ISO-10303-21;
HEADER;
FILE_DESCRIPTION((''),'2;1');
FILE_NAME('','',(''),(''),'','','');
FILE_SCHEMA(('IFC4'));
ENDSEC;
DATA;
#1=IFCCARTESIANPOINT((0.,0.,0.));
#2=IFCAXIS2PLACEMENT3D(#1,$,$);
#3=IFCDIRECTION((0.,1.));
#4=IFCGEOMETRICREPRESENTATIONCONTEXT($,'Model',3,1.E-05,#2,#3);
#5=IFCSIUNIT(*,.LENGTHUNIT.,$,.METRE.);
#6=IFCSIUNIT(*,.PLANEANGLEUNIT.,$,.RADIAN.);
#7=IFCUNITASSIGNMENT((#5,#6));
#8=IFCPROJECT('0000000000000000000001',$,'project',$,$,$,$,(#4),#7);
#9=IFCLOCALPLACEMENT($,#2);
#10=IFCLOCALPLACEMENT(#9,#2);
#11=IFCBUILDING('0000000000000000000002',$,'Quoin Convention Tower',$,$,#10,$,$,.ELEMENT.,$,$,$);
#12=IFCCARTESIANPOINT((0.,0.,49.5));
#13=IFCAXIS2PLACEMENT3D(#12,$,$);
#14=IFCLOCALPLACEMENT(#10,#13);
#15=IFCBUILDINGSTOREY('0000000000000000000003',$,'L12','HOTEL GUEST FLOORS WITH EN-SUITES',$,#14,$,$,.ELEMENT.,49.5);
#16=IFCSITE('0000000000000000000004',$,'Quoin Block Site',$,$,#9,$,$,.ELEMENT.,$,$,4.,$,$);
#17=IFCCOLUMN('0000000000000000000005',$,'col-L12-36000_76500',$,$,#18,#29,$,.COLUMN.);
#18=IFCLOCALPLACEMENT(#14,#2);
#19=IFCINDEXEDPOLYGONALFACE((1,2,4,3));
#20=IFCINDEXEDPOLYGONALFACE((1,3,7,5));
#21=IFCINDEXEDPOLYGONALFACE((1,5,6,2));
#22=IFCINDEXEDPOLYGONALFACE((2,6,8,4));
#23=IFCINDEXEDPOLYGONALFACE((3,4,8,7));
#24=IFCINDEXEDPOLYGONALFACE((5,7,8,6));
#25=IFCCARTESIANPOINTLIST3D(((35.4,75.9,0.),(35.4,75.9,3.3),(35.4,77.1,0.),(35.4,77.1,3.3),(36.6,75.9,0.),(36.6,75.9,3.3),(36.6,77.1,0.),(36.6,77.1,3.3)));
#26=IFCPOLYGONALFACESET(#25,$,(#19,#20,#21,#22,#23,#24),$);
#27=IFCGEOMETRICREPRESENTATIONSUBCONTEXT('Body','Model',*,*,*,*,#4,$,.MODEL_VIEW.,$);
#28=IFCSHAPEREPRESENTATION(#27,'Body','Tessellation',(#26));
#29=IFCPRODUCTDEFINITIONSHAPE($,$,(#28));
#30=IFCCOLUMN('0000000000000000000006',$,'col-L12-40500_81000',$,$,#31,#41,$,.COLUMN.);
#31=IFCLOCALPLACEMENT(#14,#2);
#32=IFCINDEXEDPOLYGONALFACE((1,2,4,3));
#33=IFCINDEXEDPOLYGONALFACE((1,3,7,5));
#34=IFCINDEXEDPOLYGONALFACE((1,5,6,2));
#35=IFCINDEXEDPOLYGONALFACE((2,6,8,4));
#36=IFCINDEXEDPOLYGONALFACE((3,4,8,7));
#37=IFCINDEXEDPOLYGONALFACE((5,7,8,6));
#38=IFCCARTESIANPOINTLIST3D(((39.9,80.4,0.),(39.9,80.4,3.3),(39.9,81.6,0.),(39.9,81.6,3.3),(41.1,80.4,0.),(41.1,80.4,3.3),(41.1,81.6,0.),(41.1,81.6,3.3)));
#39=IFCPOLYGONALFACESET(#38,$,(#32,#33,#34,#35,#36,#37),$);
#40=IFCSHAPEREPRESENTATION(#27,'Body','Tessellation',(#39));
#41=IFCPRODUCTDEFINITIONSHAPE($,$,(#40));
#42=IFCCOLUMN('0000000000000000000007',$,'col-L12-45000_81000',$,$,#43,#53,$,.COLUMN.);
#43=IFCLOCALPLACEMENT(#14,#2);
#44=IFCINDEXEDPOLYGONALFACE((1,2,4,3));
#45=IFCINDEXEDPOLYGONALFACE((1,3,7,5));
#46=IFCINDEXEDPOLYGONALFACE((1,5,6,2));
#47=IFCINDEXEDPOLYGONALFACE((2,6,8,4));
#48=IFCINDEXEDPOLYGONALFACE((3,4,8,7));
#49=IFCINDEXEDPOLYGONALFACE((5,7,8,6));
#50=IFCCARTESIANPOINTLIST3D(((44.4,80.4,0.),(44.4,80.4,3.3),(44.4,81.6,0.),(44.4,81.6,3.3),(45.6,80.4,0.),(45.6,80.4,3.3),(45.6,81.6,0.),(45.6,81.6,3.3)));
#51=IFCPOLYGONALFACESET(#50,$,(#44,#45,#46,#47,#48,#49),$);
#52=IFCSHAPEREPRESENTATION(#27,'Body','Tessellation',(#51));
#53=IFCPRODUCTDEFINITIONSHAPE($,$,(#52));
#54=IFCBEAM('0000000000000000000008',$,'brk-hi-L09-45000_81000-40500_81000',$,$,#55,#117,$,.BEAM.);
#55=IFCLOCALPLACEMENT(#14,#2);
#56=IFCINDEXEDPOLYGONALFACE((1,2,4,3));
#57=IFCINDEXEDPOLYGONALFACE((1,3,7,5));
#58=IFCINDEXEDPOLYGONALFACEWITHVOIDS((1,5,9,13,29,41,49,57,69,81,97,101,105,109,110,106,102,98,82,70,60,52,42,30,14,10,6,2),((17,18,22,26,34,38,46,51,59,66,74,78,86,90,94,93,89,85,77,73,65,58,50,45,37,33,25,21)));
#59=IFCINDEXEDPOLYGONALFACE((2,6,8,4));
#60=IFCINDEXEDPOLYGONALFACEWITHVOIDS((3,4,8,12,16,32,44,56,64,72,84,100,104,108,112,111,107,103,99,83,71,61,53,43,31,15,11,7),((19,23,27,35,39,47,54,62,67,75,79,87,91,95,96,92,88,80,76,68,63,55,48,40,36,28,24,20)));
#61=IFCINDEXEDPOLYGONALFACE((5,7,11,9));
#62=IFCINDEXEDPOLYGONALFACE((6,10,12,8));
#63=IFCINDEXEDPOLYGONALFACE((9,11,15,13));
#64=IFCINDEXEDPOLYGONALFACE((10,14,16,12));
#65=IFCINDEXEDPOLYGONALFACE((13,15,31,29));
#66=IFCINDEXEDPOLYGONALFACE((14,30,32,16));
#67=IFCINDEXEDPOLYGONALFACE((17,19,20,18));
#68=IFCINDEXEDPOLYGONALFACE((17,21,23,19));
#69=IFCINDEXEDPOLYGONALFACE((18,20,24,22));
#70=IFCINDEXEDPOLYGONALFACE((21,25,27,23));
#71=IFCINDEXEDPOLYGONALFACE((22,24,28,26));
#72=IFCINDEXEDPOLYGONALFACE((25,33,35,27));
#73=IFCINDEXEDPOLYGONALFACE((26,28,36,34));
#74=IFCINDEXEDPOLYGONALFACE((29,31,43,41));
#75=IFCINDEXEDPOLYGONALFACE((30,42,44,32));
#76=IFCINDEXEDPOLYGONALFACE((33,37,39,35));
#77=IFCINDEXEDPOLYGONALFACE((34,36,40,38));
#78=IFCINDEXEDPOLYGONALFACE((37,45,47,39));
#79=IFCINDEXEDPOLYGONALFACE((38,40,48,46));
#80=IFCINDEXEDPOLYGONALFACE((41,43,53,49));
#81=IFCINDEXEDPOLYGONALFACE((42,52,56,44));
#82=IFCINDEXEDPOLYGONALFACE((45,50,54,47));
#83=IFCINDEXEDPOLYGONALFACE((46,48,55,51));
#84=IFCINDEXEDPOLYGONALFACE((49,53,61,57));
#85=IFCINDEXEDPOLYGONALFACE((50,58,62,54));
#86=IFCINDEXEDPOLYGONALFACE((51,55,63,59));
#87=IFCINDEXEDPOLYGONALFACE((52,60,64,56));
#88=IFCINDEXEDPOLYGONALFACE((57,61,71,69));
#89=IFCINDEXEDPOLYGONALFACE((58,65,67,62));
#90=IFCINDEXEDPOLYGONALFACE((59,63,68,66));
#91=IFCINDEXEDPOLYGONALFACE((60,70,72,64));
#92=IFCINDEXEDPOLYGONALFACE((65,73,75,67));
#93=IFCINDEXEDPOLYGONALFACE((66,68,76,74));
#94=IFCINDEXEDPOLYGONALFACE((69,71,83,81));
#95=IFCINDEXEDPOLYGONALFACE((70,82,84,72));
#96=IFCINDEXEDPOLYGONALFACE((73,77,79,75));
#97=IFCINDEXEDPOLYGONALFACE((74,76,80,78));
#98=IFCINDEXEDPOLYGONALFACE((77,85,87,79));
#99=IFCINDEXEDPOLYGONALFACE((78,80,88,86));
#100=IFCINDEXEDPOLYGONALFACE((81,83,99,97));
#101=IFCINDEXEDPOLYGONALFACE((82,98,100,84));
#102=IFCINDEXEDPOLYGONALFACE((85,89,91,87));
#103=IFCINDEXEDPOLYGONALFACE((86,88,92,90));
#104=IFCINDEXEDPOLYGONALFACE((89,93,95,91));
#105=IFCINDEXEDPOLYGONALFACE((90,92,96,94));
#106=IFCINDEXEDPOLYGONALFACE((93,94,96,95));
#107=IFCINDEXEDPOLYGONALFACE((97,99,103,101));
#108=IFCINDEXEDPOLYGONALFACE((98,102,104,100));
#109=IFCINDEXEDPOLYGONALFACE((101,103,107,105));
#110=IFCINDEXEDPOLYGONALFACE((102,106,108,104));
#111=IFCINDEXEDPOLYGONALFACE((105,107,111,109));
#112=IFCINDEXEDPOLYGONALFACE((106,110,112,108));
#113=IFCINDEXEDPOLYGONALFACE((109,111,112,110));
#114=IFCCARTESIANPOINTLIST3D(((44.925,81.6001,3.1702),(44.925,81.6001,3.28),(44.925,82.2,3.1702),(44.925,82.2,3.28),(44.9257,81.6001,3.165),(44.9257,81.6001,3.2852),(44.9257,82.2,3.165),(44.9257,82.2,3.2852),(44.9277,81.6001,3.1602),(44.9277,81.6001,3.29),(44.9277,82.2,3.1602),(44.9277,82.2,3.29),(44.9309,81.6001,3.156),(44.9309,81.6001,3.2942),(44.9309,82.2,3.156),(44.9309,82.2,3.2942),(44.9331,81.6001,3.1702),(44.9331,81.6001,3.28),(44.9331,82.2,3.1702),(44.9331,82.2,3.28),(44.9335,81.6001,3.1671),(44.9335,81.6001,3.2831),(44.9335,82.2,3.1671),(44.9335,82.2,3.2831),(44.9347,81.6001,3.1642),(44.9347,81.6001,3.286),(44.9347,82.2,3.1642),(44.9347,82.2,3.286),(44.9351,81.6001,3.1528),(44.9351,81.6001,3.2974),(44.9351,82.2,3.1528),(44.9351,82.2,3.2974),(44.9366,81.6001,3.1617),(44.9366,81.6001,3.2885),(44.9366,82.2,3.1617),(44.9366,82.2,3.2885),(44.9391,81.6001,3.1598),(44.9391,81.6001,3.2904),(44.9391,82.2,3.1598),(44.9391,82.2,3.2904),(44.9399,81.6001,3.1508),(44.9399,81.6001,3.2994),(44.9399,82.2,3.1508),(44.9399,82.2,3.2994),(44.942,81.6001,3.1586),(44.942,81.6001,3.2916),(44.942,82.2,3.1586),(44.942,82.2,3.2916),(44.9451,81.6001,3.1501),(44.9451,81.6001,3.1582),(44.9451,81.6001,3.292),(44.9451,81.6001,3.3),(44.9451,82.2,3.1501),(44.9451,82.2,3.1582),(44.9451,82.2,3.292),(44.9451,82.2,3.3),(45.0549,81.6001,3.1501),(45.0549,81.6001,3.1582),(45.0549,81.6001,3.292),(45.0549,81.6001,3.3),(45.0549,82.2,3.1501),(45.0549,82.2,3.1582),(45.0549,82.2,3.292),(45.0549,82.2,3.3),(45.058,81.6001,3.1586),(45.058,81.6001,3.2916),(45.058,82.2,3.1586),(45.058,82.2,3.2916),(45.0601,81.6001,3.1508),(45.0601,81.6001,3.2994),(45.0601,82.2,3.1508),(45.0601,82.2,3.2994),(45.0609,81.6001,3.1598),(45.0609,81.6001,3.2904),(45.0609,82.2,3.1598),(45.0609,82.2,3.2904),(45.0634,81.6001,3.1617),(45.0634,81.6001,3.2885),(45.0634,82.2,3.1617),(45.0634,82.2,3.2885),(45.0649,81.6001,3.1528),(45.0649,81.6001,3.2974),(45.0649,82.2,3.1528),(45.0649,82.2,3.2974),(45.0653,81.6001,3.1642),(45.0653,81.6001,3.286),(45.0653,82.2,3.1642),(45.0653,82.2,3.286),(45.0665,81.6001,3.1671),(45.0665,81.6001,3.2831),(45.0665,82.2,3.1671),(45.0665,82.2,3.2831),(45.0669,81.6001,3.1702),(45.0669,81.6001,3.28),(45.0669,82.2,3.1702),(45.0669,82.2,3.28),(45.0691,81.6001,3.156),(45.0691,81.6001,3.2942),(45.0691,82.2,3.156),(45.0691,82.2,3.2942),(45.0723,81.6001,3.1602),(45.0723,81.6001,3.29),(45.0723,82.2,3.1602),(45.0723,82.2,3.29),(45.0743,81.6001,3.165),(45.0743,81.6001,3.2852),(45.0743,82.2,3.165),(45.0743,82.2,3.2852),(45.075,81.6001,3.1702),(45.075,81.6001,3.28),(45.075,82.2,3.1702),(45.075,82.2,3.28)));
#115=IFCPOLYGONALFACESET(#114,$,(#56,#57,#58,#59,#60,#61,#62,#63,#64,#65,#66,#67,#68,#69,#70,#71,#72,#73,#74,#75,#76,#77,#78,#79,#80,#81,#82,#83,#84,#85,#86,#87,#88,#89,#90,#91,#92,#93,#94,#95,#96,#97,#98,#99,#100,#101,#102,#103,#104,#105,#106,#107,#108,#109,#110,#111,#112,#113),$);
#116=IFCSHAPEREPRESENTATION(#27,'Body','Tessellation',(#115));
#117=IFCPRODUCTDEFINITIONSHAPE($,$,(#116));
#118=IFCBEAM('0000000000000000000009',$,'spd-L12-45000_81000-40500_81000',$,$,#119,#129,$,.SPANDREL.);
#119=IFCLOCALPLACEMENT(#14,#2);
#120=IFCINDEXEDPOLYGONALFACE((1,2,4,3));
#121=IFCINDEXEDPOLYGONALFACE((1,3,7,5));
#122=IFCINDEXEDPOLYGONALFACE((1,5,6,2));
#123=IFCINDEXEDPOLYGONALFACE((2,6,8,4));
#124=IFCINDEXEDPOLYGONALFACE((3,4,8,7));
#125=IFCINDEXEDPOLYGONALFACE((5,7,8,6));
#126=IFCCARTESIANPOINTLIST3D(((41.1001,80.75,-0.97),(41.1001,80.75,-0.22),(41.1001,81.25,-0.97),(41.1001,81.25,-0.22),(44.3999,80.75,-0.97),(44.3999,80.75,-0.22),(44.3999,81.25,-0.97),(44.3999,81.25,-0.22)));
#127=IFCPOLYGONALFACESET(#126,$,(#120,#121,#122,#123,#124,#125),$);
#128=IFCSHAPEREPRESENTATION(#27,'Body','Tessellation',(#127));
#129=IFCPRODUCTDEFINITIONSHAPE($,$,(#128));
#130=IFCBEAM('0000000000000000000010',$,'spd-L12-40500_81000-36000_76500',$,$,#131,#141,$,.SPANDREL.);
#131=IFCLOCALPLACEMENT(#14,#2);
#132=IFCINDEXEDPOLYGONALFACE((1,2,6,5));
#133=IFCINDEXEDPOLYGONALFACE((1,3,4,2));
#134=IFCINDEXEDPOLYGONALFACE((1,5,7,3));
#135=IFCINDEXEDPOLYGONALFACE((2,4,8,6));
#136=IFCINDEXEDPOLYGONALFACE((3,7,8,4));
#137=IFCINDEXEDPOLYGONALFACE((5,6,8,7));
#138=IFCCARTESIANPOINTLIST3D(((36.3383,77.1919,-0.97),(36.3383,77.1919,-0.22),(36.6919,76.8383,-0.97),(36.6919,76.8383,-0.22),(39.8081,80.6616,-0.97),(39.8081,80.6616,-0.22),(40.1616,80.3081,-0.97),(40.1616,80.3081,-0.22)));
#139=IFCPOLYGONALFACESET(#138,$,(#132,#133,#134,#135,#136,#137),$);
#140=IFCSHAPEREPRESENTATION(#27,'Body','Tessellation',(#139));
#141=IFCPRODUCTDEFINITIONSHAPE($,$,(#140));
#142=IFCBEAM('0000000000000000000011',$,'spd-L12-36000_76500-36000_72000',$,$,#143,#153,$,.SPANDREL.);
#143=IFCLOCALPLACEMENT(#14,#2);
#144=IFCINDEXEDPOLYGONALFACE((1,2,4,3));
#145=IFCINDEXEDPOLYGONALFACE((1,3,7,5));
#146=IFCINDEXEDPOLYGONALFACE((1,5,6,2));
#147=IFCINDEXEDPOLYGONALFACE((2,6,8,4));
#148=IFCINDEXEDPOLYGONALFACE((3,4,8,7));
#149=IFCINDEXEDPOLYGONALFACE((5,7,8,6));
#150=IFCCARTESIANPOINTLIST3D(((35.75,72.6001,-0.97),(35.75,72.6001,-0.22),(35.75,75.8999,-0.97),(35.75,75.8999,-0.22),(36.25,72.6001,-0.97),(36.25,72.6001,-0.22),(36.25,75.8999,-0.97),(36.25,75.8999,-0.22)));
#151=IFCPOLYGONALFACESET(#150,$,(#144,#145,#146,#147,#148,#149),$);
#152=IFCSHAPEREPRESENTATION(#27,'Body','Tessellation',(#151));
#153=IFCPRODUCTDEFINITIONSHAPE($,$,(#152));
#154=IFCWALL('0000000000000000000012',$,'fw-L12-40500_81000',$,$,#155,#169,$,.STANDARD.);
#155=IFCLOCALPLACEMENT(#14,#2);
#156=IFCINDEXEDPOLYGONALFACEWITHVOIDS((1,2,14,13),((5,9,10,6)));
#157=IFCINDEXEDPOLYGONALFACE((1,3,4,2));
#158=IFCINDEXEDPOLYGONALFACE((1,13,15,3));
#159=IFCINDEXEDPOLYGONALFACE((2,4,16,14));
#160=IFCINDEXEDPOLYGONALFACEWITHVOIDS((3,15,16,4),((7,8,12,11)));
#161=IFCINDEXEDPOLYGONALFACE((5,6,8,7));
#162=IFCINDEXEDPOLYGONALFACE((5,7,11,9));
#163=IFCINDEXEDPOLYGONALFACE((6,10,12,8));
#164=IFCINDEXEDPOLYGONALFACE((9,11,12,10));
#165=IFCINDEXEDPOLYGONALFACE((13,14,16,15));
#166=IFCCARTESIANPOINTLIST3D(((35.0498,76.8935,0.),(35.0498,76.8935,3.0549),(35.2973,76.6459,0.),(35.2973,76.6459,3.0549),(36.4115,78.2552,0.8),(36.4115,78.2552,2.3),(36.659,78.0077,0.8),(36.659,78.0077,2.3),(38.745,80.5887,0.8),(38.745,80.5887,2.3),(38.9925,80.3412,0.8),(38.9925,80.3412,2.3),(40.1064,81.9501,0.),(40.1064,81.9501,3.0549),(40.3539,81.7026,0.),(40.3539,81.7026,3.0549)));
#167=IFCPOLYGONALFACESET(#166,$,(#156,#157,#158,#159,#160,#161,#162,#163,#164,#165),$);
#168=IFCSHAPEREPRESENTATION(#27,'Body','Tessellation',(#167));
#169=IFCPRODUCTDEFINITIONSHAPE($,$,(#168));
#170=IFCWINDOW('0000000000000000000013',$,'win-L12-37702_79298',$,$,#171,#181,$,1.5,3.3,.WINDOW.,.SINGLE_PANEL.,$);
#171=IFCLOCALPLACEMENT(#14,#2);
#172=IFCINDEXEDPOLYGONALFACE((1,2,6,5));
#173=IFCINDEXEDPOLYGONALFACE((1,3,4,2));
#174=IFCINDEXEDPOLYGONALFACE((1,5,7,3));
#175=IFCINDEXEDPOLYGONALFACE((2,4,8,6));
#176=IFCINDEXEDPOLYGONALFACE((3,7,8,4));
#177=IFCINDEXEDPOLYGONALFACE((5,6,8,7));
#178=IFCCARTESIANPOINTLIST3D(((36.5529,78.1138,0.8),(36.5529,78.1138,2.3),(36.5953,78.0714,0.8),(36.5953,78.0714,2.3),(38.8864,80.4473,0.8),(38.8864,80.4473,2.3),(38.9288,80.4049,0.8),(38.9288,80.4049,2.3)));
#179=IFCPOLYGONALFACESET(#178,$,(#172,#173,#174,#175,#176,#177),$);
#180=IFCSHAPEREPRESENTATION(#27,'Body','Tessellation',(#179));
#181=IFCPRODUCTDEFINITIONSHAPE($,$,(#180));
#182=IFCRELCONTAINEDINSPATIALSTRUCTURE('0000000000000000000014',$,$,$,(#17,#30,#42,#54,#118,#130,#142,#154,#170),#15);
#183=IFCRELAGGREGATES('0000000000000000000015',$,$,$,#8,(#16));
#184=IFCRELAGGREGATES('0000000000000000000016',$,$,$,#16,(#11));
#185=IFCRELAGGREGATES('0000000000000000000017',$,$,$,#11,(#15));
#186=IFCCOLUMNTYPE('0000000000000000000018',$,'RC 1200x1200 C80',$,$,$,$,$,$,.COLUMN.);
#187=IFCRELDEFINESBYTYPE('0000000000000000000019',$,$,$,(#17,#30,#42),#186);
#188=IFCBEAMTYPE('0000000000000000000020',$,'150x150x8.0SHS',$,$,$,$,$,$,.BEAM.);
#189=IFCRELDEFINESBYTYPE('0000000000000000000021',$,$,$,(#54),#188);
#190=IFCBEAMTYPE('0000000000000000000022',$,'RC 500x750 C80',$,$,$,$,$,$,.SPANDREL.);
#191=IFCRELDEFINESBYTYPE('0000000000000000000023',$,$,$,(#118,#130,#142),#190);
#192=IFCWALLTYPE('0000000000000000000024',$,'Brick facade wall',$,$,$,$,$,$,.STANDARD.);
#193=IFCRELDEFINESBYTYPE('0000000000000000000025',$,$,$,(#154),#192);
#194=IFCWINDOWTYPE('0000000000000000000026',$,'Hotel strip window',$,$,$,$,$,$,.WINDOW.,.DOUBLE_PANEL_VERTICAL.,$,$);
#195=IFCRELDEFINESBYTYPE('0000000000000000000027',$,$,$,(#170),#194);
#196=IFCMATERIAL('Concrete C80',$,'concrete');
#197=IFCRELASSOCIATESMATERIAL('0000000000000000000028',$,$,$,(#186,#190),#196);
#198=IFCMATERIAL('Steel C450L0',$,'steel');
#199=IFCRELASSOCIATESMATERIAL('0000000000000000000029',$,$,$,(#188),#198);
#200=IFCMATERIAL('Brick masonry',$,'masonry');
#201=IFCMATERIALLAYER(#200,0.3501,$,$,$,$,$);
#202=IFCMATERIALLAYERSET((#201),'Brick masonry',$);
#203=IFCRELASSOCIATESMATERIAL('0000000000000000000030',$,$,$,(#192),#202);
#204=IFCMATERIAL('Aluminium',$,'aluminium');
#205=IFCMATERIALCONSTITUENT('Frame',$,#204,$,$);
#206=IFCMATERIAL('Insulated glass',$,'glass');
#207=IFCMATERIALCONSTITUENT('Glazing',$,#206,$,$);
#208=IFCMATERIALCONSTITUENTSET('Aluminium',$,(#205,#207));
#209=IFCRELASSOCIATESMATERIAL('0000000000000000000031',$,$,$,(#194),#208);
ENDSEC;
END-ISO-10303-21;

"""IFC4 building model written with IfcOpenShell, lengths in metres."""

from ifc_helpers import new_model, si_unit, direction, frame, frame_2d, origin, origin_2d, place, context, subcontext, project, spatial, rectangle, hollow_rectangle, extrude, material, layer, layer_set, constituent, constituent_set, material_profile, profile_set, type_object, element, fill, save


model = new_model("IFC4")

# Units and contexts
model_context = context("Model", 3, precision=1e-05, world=origin(), true_north=direction((0.0, 1.0)))
body_context = subcontext(model_context, "Body", "Model", "MODEL_VIEW")
ifc_project = project(units=[si_unit("LENGTHUNIT", "METRE"), si_unit("PLANEANGLEUNIT", "RADIAN")], contexts=[model_context])

# Site, building, storey
site_placement = place(None, origin())
site = spatial("IfcSite", under=ifc_project, at=site_placement, Name="Quoin Block Site", CompositionType="ELEMENT", RefElevation=4.0)
building_placement = place(site_placement, origin())
building = spatial("IfcBuilding", under=site, at=building_placement, Name="Quoin Convention Tower", CompositionType="ELEMENT")
storey_placement = place(building_placement, frame((0.0, 0.0, 49.5)))
storey = spatial("IfcBuildingStorey", under=building, at=storey_placement, Name="L12", Description="HOTEL GUEST FLOORS WITH EN-SUITES", CompositionType="ELEMENT", Elevation=49.5)

# Columns
ifc_material_1 = material(Name="Concrete C80", Category="concrete")
ifc_material_profile_1 = material_profile(ifc_material_1, rectangle(XDim=1.2, YDim=1.2, at=origin_2d()), Name="RC 1200x1200")
ifc_profile_set_1 = profile_set([ifc_material_profile_1], Name="Concrete C80")
column_type = type_object("IfcColumnType", Name="RC 1200x1200 C80", PredefinedType="COLUMN", material=ifc_profile_set_1)
for number, where, z_axis, x_axis, name in (
    (1, (36.0, 76.5, 0.0), (0.0, 0.0, 1.0), (1.0, 0.0, 0.0), "col-L12-36000_76500"),
    (2, (40.5, 81.0, 0.0), (0.0, 0.0, 1.0), (1.0, 0.0, 0.0), "col-L12-40500_81000"),
    (3, (45.0, 81.0, 0.0), (0.0, 0.0, 1.0), (1.0, 0.0, 0.0), "col-L12-45000_81000"),
):
    element("IfcColumn", number, at=place(storey_placement, frame(where, z_axis=z_axis, x_axis=x_axis)), inside=storey, type_object=column_type, Name=name, PredefinedType="COLUMN", context=body_context, shape_type="SweptSolid", body=[
        extrude(rectangle(XDim=1.2, YDim=1.2, at=origin_2d()), origin(), (0.0, 0.0, 1.0), 3.3),
    ])

# Beams
ifc_material_2 = material(Name="Steel C450L0", Category="steel")
ifc_material_profile_2 = material_profile(ifc_material_2, hollow_rectangle(XDim=0.1499, YDim=0.1499, WallThickness=0.0081, InnerFilletRadius=0.012, OuterFilletRadius=0.02, at=origin_2d()), Name="150x150x8.0SHS")
ifc_profile_set_2 = profile_set([ifc_material_profile_2], Name="Steel C450L0")
beam_type_1 = type_object("IfcBeamType", Name="150x150x8.0SHS", PredefinedType="BEAM", material=ifc_profile_set_2)
beam_1_placement = place(storey_placement, frame((45.0, 81.6001, 3.2251), z_axis=(0.0, 1.0, 0.0), x_axis=(-1.0, 0.0, 0.0)))
element("IfcBeam", 4, at=beam_1_placement, inside=storey, type_object=beam_type_1, Name="brk-hi-L09-45000_81000-40500_81000", PredefinedType="BEAM", context=body_context, shape_type="SweptSolid", body=[
    extrude(hollow_rectangle(XDim=0.1499, YDim=0.1499, WallThickness=0.0081, InnerFilletRadius=0.012, OuterFilletRadius=0.02, at=origin_2d()), origin(), (0.0, 0.0, 1.0), 0.5999),
])
ifc_material_profile_3 = material_profile(ifc_material_1, rectangle(XDim=0.5, YDim=0.75, at=origin_2d()), Name="RC 500x750")
ifc_profile_set_3 = profile_set([ifc_material_profile_3], Name="Concrete C80")
beam_type_2 = type_object("IfcBeamType", Name="RC 500x750 C80", PredefinedType="SPANDREL", material=ifc_profile_set_3)
beam_2_placement = place(storey_placement, frame((44.3999, 81.0, -0.595), z_axis=(-1.0, 0.0, 0.0), x_axis=(0.0, -1.0, 0.0)))
element("IfcBeam", 5, at=beam_2_placement, inside=storey, type_object=beam_type_2, Name="spd-L12-45000_81000-40500_81000", PredefinedType="SPANDREL", context=body_context, shape_type="SweptSolid", body=[
    extrude(rectangle(XDim=0.5, YDim=0.75, at=origin_2d()), origin(), (0.0, 0.0, 1.0), 3.2998),
])
beam_3_placement = place(storey_placement, frame((39.9849, 80.4849, -0.595), z_axis=(-0.707107, -0.707107, 0.0), x_axis=(0.707107, -0.707107, 0.0)))
element("IfcBeam", 6, at=beam_3_placement, inside=storey, type_object=beam_type_2, Name="spd-L12-40500_81000-36000_76500", PredefinedType="SPANDREL", context=body_context, shape_type="SweptSolid", body=[
    extrude(rectangle(XDim=0.5, YDim=0.75, at=origin_2d()), origin(), (0.0, 0.0, 1.0), 4.907),
])
beam_4_placement = place(storey_placement, frame((36.0, 75.8999, -0.595), z_axis=(0.0, -1.0, 0.0), x_axis=(1.0, 0.0, 0.0)))
element("IfcBeam", 7, at=beam_4_placement, inside=storey, type_object=beam_type_2, Name="spd-L12-36000_76500-36000_72000", PredefinedType="SPANDREL", context=body_context, shape_type="SweptSolid", body=[
    extrude(rectangle(XDim=0.5, YDim=0.75, at=origin_2d()), origin(), (0.0, 0.0, 1.0), 3.2998),
])

# Wall, opening, window
ifc_material_3 = material(Name="Brick masonry", Category="masonry")
ifc_layer_1 = layer(ifc_material_3, 0.3501)
ifc_layer_set_1 = layer_set([ifc_layer_1], Name="Brick masonry")
wall_type_1 = type_object("IfcWallType", Name="Brick facade wall", PredefinedType="STANDARD", material=ifc_layer_set_1)
wall_1_placement = place(storey_placement, frame((40.2302, 81.8264, 0.0), z_axis=(0.0, 0.0, 1.0), x_axis=(-0.707107, -0.707107, 0.0)))
wall_1 = element("IfcWall", 8, at=wall_1_placement, inside=storey, type_object=wall_type_1, Name="fw-L12-40500_81000", PredefinedType="STANDARD", context=body_context, shape_type="SweptSolid", body=[
    extrude(rectangle(XDim=7.1511, YDim=0.3501, at=frame_2d((3.5757, 0.0))), origin(), (0.0, 0.0, 1.0), 3.0549),
])
opening_1_placement = place(wall_1_placement, frame((1.9255, 0.0, 0.8)))
opening_1 = element("IfcOpeningElement", 9, at=opening_1_placement, cuts=wall_1, PredefinedType="OPENING", context=body_context, shape_type="SweptSolid", body=[
    extrude(rectangle(XDim=3.3, YDim=1.5, at=frame_2d((1.6499, 0.75))), frame((0.0, 0.1851, 0.0), z_axis=(0.0, -1.0, 0.0), x_axis=(1.0, 0.0, 0.0)), (0.0, 0.0, 1.0), 0.3701),
])
ifc_material_4 = material(Name="Aluminium", Category="aluminium")
ifc_constituent_1 = constituent(ifc_material_4, Name="Frame")
ifc_material_5 = material(Name="Insulated glass", Category="glass")
ifc_constituent_2 = constituent(ifc_material_5, Name="Glazing")
ifc_constituent_set = constituent_set(constituents=[ifc_constituent_1, ifc_constituent_2], Name="Aluminium")
window_type = type_object("IfcWindowType", Name="Hotel strip window", PartitioningType="DOUBLE_PANEL_VERTICAL", PredefinedType="WINDOW", material=ifc_constituent_set)
window_placement = place(opening_1_placement, origin())
window = element("IfcWindow", 10, at=window_placement, inside=storey, type_object=window_type, Name="win-L12-37702_79298", OverallHeight=1.5, OverallWidth=3.3, PartitioningType="SINGLE_PANEL", PredefinedType="WINDOW", context=body_context, shape_type="SweptSolid", body=[
    extrude(rectangle(XDim=3.3, YDim=1.5, at=frame_2d((1.6499, 0.75))), frame((0.0, 0.085, 0.0), z_axis=(0.0, -1.0, 0.0), x_axis=(1.0, 0.0, 0.0)), (0.0, 0.0, 1.0), 0.0601),
])
fill(opening_1, window)

save(model, "model.ifc")
